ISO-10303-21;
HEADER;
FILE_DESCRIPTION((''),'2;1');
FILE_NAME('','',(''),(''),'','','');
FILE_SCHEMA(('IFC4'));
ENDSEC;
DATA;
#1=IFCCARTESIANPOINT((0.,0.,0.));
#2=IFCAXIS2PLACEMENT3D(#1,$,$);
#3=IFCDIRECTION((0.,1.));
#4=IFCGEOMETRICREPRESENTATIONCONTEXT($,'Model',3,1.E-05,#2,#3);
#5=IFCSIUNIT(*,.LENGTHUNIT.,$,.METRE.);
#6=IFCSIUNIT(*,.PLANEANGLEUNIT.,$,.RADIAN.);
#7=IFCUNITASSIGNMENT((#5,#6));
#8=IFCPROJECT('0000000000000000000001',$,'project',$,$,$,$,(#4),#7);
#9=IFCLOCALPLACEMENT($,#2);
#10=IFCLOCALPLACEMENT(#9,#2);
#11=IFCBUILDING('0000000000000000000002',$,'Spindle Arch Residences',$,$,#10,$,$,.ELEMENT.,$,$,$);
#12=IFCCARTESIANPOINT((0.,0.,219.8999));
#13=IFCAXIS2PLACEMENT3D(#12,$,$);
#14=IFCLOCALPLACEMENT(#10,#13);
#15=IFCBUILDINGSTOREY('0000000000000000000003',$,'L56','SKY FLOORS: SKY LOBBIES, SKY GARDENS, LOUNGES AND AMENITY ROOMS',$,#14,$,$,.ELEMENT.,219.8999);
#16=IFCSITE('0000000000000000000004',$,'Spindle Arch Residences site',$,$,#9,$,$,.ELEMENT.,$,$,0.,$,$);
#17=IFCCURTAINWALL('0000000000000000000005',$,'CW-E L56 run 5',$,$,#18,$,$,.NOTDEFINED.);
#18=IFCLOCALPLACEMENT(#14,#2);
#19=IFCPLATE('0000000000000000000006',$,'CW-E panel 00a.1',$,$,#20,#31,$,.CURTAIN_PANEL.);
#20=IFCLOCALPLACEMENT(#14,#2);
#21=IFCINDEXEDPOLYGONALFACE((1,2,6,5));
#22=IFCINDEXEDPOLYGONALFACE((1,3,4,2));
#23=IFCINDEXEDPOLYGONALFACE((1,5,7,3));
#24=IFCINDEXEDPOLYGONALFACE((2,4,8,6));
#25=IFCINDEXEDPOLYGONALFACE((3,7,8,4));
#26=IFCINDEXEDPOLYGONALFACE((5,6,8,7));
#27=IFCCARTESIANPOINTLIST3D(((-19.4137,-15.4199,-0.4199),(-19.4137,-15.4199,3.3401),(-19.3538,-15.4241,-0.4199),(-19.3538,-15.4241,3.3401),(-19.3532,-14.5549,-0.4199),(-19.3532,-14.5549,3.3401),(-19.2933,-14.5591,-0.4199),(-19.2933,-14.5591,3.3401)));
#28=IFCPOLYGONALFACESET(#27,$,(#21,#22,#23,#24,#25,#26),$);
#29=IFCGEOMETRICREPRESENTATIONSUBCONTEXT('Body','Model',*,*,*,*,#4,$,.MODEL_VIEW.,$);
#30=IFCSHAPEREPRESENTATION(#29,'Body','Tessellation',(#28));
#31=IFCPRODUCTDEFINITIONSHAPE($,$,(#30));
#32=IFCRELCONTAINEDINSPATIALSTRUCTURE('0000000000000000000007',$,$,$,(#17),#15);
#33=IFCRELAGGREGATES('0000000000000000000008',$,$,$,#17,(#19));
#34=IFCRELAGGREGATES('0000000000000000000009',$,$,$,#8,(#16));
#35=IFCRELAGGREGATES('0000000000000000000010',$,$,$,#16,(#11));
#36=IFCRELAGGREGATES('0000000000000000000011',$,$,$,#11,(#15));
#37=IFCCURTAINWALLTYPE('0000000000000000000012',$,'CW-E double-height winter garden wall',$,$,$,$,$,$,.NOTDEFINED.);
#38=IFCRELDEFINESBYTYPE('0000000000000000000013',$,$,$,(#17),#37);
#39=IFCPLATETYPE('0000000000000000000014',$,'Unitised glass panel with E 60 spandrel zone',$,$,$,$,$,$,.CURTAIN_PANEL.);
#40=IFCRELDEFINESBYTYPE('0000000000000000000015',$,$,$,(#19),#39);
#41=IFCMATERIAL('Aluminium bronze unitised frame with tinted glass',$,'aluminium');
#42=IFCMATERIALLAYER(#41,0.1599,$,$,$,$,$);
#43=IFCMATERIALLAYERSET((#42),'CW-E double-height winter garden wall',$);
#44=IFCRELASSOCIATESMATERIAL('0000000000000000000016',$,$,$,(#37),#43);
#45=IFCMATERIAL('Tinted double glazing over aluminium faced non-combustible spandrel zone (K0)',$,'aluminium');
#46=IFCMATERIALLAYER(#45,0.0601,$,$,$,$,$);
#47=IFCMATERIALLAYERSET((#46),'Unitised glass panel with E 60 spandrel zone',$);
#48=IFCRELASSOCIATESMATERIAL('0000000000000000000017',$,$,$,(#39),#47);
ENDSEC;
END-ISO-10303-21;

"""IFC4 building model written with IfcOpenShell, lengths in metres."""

from ifc_helpers import new_model, si_unit, direction, frame, origin, origin_2d, place, context, subcontext, project, spatial, rectangle, extrude, material, layer, layer_set, type_object, element, aggregate, save


model = new_model("IFC4")

# Units and contexts
model_context = context("Model", 3, precision=1e-05, world=origin(), true_north=direction((0.0, 1.0)))
body_context = subcontext(model_context, "Body", "Model", "MODEL_VIEW")
ifc_project = project(units=[si_unit("LENGTHUNIT", "METRE"), si_unit("PLANEANGLEUNIT", "RADIAN")], contexts=[model_context])

# Site, building, storey
site_placement = place(None, origin())
site = spatial("IfcSite", under=ifc_project, at=site_placement, Name="Spindle Arch Residences site", CompositionType="ELEMENT", RefElevation=0.0)
building_placement = place(site_placement, origin())
building = spatial("IfcBuilding", under=site, at=building_placement, Name="Spindle Arch Residences", CompositionType="ELEMENT")
storey_placement = place(building_placement, frame((0.0, 0.0, 219.8999)))
storey = spatial("IfcBuildingStorey", under=building, at=storey_placement, Name="L56", Description="SKY FLOORS: SKY LOBBIES, SKY GARDENS, LOUNGES AND AMENITY ROOMS", CompositionType="ELEMENT", Elevation=219.8999)

# Curtain wall
ifc_material_1 = material(Name="Aluminium bronze unitised frame with tinted glass", Category="aluminium")
ifc_layer_1 = layer(ifc_material_1, 0.1599)
ifc_layer_set_1 = layer_set([ifc_layer_1], Name="CW-E double-height winter garden wall")
curtain_wall_type = type_object("IfcCurtainWallType", Name="CW-E double-height winter garden wall", PredefinedType="NOTDEFINED", material=ifc_layer_set_1)
curtain_wall_1_placement = place(storey_placement, origin())
curtain_wall_1 = element("IfcCurtainWall", 1, at=curtain_wall_1_placement, inside=storey, type_object=curtain_wall_type, Name="CW-E L56 run 5", PredefinedType="NOTDEFINED")

# Plate
ifc_material_2 = material(Name="Tinted double glazing over aluminium faced non-combustible spandrel zone (K0)", Category="aluminium")
ifc_layer_2 = layer(ifc_material_2, 0.0601)
ifc_layer_set_2 = layer_set([ifc_layer_2], Name="Unitised glass panel with E 60 spandrel zone")
plate_type_1 = type_object("IfcPlateType", Name="Unitised glass panel with E 60 spandrel zone", PredefinedType="CURTAIN_PANEL", material=ifc_layer_set_2)
plate_1_placement = place(storey_placement, frame((-19.3535, -14.9895, -0.4199), z_axis=(0.0, 0.0, 1.0), x_axis=(-0.069756, -0.997564, 0.0)))
plate_1 = element("IfcPlate", 2, at=plate_1_placement, type_object=plate_type_1, Name="CW-E panel 00a.1", PredefinedType="CURTAIN_PANEL", context=body_context, shape_type="SweptSolid", body=[
    extrude(rectangle(XDim=0.8672, YDim=0.0601, at=origin_2d()), origin(), (0.0, 0.0, 1.0), 3.76),
])
aggregate(curtain_wall_1, [plate_1])

save(model, "model.ifc")
